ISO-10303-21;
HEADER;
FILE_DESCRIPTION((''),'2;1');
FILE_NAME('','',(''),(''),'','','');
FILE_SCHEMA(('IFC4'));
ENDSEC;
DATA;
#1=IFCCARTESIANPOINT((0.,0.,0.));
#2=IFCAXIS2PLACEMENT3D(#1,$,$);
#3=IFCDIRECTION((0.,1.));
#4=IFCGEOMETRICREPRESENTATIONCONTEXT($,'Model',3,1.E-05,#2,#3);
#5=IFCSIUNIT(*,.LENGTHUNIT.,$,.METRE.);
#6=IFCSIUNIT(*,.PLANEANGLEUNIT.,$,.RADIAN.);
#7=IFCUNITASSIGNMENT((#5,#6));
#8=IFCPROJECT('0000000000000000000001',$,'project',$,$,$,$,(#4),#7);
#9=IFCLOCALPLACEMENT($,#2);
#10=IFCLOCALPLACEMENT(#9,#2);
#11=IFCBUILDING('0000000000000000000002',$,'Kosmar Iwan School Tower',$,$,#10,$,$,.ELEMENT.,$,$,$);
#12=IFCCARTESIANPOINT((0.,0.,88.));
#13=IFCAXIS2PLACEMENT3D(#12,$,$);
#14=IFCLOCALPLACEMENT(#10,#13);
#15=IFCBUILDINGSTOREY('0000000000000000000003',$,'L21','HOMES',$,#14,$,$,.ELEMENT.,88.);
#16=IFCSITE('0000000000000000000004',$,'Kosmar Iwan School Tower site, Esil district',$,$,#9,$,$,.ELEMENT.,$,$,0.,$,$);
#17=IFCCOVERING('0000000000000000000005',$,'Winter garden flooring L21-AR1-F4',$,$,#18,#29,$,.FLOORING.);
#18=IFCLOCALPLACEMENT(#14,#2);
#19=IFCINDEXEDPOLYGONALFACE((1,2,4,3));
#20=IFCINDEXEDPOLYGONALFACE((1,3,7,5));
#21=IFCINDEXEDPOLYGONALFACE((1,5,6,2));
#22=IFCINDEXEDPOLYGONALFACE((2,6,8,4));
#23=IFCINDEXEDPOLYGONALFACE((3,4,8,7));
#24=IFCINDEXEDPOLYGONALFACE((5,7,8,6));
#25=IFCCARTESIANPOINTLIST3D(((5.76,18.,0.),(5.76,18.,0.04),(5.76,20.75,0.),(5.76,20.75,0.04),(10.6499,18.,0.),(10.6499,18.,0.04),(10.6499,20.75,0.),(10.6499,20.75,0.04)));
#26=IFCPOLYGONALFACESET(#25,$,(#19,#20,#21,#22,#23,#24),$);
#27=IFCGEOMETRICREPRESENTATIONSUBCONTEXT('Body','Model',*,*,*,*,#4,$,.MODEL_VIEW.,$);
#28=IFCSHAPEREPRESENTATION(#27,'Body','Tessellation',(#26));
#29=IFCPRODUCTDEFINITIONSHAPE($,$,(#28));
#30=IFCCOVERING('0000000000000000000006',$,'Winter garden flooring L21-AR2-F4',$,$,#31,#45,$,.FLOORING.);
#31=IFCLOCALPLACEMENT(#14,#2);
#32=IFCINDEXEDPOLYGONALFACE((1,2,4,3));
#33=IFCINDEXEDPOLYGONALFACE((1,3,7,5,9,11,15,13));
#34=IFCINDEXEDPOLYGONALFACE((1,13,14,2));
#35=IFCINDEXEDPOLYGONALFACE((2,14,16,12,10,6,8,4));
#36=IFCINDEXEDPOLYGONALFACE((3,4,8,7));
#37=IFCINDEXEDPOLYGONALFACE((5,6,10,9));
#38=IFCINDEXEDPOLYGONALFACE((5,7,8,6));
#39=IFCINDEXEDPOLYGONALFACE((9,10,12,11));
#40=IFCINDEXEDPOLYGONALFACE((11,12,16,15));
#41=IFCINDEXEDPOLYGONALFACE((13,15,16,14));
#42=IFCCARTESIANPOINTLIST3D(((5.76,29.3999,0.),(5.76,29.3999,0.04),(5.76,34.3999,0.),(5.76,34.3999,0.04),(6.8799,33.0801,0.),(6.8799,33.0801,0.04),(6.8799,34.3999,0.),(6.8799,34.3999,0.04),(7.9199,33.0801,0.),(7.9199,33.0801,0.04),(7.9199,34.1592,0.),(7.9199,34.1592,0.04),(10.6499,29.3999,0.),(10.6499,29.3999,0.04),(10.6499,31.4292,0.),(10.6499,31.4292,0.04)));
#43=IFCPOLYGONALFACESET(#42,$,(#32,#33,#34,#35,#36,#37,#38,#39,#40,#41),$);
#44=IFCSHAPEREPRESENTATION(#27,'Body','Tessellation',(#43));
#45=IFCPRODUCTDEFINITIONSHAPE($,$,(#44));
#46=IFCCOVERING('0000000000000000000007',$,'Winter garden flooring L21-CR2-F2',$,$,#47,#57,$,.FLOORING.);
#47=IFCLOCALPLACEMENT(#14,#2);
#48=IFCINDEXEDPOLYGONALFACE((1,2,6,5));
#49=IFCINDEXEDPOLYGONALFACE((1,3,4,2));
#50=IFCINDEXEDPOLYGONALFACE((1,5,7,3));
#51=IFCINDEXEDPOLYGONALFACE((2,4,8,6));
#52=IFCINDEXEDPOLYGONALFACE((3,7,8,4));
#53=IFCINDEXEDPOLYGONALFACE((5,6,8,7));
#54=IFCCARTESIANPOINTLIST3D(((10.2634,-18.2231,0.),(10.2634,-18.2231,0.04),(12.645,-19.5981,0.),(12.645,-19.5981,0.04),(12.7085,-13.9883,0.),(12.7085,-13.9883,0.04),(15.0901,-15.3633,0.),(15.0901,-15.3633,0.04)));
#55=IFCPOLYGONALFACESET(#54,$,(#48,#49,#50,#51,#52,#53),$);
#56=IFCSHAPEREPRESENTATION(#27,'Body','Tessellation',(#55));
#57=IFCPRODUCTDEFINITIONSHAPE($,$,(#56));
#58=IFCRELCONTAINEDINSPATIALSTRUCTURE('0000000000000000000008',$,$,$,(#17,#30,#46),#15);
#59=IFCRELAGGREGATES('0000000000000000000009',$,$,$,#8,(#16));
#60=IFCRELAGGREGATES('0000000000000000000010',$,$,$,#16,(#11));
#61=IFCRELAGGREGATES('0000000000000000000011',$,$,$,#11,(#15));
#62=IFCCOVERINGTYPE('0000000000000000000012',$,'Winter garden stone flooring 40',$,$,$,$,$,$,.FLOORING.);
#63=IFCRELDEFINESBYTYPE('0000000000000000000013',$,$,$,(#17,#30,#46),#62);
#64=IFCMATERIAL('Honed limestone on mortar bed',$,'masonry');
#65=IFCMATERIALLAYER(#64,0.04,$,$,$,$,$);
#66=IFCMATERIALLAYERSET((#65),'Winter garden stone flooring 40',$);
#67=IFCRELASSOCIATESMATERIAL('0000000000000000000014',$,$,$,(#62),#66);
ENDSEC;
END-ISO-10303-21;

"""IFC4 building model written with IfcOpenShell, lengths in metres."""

from ifc_helpers import new_model, si_unit, direction, frame, origin, place, context, subcontext, project, spatial, polyline, outline, extrude, material, layer, layer_set, type_object, element, save


model = new_model("IFC4")

# Units and contexts
model_context = context("Model", 3, precision=1e-05, world=origin(), true_north=direction((0.0, 1.0)))
body_context = subcontext(model_context, "Body", "Model", "MODEL_VIEW")
ifc_project = project(units=[si_unit("LENGTHUNIT", "METRE"), si_unit("PLANEANGLEUNIT", "RADIAN")], contexts=[model_context])

# Site, building, storey
site_placement = place(None, origin())
site = spatial("IfcSite", under=ifc_project, at=site_placement, Name="Kosmar Iwan School Tower site, Esil district", CompositionType="ELEMENT", RefElevation=0.0)
building_placement = place(site_placement, origin())
building = spatial("IfcBuilding", under=site, at=building_placement, Name="Kosmar Iwan School Tower", CompositionType="ELEMENT")
storey_placement = place(building_placement, frame((0.0, 0.0, 88.0)))
storey = spatial("IfcBuildingStorey", under=building, at=storey_placement, Name="L21", Description="HOMES", CompositionType="ELEMENT", Elevation=88.0)

# Coverings
ifc_material_1 = material(Name="Honed limestone on mortar bed", Category="masonry")
ifc_layer_1 = layer(ifc_material_1, 0.04)
ifc_layer_set_1 = layer_set([ifc_layer_1], Name="Winter garden stone flooring 40")
covering_type = type_object("IfcCoveringType", Name="Winter garden stone flooring 40", PredefinedType="FLOORING", material=ifc_layer_set_1)
covering_1_placement = place(storey_placement, origin())
element("IfcCovering", 1, at=covering_1_placement, inside=storey, type_object=covering_type, Name="Winter garden flooring L21-AR1-F4", PredefinedType="FLOORING", context=body_context, shape_type="SweptSolid", body=[
    extrude(outline(polyline([(5.76, 18.0), (10.6499, 18.0), (10.6499, 20.75), (5.76, 20.75), (5.76, 18.0)])), origin(), (0.0, 0.0, 1.0), 0.04),
])
covering_2_placement = place(storey_placement, origin())
element("IfcCovering", 2, at=covering_2_placement, inside=storey, type_object=covering_type, Name="Winter garden flooring L21-AR2-F4", PredefinedType="FLOORING", context=body_context, shape_type="SweptSolid", body=[
    extrude(outline(polyline([(5.76, 29.3999), (10.6499, 29.3999), (10.6499, 31.4292), (7.9199, 34.1592), (7.9199, 33.0801), (6.8799, 33.0801), (6.8799, 34.3999), (5.76, 34.3999), (5.76, 29.3999)])), origin(), (0.0, 0.0, 1.0), 0.04),
])
covering_3_placement = place(storey_placement, origin())
element("IfcCovering", 3, at=covering_3_placement, inside=storey, type_object=covering_type, Name="Winter garden flooring L21-CR2-F2", PredefinedType="FLOORING", context=body_context, shape_type="SweptSolid", body=[
    extrude(outline(polyline([(12.645, -19.5981), (15.0901, -15.3633), (12.7085, -13.9883), (10.2634, -18.2231), (12.645, -19.5981)])), origin(), (0.0, 0.0, 1.0), 0.04),
])

save(model, "model.ifc")
